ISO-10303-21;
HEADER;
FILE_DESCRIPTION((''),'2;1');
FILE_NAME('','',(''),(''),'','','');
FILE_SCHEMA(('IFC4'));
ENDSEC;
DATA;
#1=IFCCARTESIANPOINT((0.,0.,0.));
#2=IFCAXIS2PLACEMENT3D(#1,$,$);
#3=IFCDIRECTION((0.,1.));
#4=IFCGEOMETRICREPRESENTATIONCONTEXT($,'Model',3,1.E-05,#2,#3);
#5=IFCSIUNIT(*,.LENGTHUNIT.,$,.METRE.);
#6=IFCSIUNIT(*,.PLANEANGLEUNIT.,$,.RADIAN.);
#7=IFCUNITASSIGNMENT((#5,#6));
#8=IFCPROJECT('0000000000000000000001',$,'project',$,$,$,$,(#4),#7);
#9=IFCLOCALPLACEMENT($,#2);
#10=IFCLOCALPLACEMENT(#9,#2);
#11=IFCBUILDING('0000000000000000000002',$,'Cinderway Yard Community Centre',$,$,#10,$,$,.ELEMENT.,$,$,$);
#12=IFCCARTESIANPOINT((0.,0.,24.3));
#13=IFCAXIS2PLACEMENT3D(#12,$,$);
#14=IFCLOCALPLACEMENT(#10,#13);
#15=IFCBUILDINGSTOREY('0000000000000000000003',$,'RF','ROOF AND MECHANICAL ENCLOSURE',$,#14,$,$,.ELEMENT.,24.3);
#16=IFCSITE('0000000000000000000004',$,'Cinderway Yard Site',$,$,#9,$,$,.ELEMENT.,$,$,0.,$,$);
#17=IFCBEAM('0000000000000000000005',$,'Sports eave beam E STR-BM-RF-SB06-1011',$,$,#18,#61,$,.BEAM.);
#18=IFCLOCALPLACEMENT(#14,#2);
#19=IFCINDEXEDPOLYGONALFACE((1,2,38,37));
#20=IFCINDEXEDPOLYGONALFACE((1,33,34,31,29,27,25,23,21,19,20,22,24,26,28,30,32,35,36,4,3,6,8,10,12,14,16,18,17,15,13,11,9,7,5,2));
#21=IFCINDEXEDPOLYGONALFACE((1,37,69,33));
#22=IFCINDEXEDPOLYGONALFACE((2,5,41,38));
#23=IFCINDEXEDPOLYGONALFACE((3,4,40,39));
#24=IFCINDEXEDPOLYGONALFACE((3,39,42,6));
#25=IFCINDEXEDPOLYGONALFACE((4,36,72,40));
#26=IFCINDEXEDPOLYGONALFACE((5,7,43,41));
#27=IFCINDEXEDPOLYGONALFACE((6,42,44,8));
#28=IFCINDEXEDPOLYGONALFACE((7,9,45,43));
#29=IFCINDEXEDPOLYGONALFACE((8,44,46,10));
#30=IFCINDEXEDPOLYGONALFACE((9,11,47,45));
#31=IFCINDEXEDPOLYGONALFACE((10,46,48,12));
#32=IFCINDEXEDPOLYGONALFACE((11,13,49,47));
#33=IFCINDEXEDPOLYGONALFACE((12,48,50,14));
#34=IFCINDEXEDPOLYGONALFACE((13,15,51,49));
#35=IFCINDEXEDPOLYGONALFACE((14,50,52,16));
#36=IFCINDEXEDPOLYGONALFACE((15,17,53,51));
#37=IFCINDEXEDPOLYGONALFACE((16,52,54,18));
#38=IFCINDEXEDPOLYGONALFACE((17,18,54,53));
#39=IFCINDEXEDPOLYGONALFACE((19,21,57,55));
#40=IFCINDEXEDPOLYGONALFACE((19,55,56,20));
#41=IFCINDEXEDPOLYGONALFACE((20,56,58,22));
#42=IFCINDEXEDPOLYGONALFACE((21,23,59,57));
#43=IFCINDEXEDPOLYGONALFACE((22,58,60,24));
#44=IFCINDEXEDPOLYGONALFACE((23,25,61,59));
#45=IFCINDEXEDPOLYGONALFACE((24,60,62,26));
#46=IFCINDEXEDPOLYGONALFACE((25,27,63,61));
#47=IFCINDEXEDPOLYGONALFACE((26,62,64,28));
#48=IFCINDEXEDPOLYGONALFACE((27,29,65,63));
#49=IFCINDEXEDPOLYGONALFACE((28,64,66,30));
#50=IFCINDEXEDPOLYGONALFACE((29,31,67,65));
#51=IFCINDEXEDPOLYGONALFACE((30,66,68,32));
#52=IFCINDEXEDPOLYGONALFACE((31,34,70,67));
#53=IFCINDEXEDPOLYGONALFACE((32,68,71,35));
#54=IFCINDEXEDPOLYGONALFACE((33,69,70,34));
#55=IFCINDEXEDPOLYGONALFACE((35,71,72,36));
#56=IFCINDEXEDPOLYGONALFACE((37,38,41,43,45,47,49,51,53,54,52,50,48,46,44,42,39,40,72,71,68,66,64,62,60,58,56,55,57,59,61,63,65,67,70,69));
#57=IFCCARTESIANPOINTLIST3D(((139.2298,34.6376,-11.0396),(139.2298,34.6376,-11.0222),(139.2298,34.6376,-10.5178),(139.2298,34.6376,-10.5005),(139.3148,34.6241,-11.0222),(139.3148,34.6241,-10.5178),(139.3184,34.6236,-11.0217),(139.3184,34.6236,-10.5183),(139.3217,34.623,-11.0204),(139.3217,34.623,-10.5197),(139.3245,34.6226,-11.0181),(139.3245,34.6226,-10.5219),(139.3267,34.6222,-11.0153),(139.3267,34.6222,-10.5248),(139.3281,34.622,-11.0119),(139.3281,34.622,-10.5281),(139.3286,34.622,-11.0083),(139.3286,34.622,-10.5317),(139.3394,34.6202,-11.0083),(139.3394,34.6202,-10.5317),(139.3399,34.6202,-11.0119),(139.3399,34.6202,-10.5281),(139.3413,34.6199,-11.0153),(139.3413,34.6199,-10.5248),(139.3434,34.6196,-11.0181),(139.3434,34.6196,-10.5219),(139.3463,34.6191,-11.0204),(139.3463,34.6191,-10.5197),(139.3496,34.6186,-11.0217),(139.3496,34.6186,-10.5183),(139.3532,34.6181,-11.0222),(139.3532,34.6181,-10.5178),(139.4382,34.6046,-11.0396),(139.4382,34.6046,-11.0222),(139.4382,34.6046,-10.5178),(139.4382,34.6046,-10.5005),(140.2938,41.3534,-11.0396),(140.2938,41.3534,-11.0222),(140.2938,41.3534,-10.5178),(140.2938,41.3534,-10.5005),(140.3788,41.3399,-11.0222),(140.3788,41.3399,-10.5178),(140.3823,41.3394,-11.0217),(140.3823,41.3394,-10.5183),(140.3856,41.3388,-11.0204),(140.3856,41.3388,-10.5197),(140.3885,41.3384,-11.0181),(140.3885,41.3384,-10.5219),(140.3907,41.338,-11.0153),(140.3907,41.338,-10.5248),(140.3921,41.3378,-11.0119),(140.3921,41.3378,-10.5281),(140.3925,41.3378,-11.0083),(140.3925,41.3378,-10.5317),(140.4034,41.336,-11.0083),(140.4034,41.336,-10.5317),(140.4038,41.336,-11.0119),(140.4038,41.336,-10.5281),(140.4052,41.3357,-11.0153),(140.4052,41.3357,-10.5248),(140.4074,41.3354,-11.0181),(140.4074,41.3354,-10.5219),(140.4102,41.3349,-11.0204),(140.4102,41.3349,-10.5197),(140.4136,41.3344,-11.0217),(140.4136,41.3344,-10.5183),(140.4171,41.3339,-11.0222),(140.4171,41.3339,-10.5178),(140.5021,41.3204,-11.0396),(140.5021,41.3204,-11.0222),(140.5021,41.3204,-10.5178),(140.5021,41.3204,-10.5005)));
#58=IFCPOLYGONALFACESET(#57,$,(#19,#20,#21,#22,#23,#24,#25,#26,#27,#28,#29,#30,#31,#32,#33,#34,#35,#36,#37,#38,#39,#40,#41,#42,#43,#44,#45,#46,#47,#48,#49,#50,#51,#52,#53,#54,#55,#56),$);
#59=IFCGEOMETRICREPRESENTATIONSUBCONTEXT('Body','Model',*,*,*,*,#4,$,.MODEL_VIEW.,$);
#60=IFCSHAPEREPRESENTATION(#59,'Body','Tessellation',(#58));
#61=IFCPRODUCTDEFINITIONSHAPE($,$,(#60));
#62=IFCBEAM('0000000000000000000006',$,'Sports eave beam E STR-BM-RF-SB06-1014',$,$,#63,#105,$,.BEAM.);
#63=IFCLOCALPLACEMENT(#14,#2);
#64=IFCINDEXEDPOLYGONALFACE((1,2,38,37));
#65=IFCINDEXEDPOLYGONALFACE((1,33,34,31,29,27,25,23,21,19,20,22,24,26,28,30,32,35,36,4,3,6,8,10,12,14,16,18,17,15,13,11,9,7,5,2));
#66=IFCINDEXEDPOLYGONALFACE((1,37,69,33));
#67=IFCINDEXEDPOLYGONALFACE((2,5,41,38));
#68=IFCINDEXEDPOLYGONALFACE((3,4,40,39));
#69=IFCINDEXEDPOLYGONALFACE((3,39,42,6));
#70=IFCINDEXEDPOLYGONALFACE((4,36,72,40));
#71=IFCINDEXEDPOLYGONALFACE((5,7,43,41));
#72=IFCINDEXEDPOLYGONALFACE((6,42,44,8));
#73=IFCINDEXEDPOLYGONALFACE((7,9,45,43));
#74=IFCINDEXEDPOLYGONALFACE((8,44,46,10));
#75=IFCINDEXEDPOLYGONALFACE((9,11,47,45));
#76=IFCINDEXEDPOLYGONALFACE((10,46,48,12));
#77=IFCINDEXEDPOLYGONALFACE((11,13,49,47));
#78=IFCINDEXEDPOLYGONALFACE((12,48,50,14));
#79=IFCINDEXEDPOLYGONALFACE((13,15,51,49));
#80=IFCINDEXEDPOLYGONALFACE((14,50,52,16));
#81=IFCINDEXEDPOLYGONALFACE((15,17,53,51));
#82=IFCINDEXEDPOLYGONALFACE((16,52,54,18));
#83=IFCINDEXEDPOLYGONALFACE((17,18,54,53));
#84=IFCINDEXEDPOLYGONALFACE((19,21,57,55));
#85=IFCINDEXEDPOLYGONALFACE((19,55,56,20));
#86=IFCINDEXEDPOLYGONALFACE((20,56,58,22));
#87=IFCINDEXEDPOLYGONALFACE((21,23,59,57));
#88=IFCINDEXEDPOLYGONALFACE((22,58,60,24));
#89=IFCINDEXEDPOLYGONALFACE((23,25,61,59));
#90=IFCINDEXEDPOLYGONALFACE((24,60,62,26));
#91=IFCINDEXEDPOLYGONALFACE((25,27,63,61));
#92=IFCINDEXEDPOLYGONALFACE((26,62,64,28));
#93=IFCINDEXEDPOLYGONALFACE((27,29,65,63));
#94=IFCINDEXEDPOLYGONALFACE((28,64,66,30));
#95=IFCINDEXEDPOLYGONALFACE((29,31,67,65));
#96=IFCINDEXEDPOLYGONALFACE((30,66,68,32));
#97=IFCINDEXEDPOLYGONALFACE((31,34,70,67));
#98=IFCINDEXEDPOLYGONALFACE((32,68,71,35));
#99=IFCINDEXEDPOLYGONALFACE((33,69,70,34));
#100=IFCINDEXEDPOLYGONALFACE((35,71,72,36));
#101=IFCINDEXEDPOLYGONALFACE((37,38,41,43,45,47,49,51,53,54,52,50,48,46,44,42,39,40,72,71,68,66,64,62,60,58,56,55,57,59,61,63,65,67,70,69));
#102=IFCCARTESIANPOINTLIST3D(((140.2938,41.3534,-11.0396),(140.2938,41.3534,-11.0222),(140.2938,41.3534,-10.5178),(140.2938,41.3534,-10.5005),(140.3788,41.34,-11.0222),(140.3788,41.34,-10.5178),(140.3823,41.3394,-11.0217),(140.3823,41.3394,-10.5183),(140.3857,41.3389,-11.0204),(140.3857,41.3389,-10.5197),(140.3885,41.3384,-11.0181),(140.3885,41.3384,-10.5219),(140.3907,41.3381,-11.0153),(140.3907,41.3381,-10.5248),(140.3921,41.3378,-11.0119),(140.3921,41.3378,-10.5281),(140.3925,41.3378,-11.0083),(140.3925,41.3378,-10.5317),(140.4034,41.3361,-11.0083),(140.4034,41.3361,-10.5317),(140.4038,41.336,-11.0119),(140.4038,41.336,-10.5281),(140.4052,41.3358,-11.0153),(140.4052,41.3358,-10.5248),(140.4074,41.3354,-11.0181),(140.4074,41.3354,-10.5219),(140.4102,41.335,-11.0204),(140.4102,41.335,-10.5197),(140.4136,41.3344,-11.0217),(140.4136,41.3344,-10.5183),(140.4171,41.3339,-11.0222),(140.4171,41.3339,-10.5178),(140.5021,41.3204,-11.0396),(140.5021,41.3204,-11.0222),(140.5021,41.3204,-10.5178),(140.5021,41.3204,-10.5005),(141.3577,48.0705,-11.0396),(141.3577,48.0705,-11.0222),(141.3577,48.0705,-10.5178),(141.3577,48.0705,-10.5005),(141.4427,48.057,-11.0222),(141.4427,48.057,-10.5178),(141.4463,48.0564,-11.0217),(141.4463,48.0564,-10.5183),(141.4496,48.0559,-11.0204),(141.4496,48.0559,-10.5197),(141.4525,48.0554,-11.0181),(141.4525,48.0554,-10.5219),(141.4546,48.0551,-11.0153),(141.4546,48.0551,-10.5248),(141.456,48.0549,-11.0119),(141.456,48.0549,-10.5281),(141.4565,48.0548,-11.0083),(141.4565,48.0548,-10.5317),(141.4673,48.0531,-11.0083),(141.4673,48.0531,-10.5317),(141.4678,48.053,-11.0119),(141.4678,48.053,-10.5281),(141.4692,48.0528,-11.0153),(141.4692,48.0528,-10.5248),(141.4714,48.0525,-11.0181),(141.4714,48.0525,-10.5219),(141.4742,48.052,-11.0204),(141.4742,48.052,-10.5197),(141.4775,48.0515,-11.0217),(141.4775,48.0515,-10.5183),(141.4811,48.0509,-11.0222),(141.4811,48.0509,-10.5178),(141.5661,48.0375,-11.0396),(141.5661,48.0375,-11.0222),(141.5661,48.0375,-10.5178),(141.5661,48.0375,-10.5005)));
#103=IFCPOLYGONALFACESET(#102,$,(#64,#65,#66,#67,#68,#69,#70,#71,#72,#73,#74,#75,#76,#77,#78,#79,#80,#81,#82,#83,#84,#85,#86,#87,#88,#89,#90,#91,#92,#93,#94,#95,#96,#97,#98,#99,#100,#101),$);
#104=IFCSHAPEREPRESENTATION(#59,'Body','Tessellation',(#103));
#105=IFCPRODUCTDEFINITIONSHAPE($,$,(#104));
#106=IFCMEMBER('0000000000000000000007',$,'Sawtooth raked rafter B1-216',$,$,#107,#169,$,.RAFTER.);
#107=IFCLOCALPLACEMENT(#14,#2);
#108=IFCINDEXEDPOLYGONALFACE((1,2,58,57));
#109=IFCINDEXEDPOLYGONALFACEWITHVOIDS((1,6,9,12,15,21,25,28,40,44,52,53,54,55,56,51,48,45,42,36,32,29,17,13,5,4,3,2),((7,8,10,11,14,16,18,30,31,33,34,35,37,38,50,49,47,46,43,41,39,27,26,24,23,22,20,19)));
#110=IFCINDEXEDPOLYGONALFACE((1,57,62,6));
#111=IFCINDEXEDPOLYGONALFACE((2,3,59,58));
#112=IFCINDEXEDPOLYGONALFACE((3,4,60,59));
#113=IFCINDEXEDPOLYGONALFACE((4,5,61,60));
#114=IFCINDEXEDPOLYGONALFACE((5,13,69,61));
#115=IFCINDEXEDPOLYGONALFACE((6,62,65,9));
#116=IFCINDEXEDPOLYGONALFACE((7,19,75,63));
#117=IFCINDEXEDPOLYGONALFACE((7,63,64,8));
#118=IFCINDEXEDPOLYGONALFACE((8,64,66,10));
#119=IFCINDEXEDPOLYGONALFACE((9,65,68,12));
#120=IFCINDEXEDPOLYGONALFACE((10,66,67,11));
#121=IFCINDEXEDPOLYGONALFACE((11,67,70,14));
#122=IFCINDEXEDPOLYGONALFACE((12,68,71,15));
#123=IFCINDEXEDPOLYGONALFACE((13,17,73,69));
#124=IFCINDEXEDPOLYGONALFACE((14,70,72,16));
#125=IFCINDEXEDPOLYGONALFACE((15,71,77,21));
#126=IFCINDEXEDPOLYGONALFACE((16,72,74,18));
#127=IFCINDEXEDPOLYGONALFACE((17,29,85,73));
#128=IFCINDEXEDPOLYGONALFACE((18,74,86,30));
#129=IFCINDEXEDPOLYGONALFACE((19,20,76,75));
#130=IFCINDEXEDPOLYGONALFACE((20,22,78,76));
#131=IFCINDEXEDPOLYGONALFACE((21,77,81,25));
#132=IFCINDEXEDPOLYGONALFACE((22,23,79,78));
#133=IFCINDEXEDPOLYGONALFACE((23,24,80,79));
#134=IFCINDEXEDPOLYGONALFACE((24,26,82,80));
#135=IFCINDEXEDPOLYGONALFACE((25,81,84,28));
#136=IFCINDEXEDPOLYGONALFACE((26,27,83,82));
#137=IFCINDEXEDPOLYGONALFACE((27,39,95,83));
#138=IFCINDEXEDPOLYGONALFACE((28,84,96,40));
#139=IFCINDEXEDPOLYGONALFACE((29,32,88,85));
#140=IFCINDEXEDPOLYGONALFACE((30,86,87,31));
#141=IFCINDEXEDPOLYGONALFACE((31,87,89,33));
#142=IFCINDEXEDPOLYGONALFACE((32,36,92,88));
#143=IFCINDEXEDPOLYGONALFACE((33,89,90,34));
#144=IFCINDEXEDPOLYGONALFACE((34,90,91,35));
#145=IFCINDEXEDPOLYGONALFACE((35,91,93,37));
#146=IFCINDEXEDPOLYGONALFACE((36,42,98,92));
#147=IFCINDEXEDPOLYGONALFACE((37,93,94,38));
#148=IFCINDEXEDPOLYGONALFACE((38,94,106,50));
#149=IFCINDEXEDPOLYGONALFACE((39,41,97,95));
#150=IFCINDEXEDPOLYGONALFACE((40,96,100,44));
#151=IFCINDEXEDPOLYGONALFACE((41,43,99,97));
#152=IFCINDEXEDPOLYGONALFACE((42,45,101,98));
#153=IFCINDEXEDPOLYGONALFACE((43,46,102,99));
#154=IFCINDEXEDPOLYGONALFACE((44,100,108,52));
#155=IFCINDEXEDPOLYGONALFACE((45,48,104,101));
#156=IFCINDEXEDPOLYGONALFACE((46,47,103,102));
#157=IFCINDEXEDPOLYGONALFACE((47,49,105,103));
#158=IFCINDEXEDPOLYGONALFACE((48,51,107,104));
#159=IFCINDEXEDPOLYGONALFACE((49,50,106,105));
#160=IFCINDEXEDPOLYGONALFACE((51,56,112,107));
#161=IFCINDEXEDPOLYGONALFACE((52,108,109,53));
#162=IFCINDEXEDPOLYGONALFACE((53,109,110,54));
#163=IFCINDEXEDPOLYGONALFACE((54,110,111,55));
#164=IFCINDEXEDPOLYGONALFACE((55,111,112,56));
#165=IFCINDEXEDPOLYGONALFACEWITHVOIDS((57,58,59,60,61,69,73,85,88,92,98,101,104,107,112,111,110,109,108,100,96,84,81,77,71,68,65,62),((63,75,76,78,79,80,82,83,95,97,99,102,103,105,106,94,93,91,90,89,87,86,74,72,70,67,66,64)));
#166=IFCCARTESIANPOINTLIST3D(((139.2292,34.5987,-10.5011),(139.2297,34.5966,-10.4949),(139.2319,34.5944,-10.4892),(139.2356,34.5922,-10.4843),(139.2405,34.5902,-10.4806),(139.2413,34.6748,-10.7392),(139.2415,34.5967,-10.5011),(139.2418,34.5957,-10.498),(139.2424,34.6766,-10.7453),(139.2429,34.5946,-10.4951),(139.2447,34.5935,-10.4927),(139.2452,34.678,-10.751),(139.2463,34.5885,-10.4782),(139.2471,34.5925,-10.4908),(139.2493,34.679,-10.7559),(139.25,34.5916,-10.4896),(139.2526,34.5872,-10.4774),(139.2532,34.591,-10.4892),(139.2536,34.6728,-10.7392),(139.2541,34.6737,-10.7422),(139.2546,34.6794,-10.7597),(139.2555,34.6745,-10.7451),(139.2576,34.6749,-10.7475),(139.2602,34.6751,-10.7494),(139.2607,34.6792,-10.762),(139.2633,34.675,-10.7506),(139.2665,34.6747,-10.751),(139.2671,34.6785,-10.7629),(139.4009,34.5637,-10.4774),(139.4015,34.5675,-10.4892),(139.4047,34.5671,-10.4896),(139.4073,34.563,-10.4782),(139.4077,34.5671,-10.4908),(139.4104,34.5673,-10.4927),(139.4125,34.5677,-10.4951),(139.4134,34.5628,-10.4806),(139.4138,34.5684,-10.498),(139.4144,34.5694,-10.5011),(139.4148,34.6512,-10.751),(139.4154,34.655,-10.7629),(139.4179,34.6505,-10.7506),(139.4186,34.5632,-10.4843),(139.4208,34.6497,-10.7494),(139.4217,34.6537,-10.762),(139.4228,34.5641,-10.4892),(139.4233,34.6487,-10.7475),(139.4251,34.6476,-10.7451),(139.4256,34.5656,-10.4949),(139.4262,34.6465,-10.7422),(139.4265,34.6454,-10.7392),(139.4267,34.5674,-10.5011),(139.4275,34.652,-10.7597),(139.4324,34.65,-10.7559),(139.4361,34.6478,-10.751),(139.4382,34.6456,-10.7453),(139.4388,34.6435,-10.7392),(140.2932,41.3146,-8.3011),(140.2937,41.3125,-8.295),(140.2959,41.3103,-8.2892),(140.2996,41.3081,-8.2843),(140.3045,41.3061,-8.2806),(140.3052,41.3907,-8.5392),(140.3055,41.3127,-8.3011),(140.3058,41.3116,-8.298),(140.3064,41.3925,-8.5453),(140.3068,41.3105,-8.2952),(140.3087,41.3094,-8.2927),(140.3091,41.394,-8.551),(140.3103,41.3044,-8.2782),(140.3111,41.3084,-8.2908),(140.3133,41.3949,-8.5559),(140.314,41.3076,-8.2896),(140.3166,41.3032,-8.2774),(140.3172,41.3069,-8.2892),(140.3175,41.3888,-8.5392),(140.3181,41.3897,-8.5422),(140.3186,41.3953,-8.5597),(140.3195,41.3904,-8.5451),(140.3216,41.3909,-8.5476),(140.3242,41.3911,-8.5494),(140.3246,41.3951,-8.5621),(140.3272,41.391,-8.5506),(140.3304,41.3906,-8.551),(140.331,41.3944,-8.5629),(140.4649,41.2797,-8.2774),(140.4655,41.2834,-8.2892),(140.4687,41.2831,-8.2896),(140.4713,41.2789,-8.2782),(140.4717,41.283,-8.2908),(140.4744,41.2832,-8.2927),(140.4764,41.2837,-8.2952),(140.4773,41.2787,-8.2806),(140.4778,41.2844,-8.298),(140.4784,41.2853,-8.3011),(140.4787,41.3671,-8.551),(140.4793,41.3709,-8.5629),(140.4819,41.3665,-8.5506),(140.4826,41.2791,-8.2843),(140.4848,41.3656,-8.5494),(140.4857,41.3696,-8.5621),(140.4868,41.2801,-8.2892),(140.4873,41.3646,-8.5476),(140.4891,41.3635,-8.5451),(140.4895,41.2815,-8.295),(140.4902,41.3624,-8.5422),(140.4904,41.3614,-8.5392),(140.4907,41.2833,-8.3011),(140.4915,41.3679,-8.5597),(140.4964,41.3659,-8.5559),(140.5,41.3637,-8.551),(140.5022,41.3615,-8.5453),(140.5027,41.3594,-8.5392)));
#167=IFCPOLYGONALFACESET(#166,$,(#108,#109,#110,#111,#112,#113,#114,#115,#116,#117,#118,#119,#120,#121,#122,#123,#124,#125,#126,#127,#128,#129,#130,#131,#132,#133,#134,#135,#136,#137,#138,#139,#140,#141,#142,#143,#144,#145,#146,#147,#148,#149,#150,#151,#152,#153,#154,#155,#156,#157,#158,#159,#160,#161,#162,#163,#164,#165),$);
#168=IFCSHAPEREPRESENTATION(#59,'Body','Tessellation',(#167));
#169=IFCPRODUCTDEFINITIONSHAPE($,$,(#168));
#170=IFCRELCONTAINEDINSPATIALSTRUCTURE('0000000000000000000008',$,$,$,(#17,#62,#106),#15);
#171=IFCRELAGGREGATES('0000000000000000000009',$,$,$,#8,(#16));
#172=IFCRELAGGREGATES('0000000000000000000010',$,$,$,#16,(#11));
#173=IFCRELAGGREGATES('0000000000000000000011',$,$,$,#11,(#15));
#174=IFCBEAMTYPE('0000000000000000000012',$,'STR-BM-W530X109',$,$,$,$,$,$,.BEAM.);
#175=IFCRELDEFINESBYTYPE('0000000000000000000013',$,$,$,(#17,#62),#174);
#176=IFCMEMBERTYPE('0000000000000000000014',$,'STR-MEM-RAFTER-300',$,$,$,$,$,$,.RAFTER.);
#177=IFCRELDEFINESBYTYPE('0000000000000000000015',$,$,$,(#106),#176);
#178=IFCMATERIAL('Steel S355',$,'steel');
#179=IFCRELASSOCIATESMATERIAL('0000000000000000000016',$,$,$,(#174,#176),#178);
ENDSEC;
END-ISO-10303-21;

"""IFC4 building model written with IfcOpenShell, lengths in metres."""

from ifc_helpers import new_model, si_unit, direction, frame, origin, origin_2d, place, context, subcontext, project, spatial, hollow_rectangle, i_section, extrude, material, material_profile, profile_set, type_object, element, save


model = new_model("IFC4")

# Units and contexts
model_context = context("Model", 3, precision=1e-05, world=origin(), true_north=direction((0.0, 1.0)))
body_context = subcontext(model_context, "Body", "Model", "MODEL_VIEW")
ifc_project = project(units=[si_unit("LENGTHUNIT", "METRE"), si_unit("PLANEANGLEUNIT", "RADIAN")], contexts=[model_context])

# Site, building, storey
site_placement = place(None, origin())
site = spatial("IfcSite", under=ifc_project, at=site_placement, Name="Cinderway Yard Site", CompositionType="ELEMENT", RefElevation=0.0)
building_placement = place(site_placement, origin())
building = spatial("IfcBuilding", under=site, at=building_placement, Name="Cinderway Yard Community Centre", CompositionType="ELEMENT")
storey_placement = place(building_placement, frame((0.0, 0.0, 24.3)))
storey = spatial("IfcBuildingStorey", under=building, at=storey_placement, Name="RF", Description="ROOF AND MECHANICAL ENCLOSURE", CompositionType="ELEMENT", Elevation=24.3)

# Shared definitions
ifc_material_1 = material(Name="Steel S355", Category="steel")

# Beams
ifc_material_profile_1 = material_profile(ifc_material_1, i_section(OverallWidth=0.2109, OverallDepth=0.5391, WebThickness=0.011, FlangeThickness=0.0173, FilletRadius=0.0139, at=origin_2d()), Name="Steel S355")
ifc_profile_set_1 = profile_set([ifc_material_profile_1], Name="Steel S355")
beam_type = type_object("IfcBeamType", Name="STR-BM-W530X109", PredefinedType="BEAM", material=ifc_profile_set_1)
beam_1_placement = place(storey_placement, frame((139.334, 34.6211, -10.77), z_axis=(0.156475, 0.987682, 0.0), x_axis=(-0.987682, 0.156475, 0.0)))
element("IfcBeam", 1, at=beam_1_placement, inside=storey, type_object=beam_type, Name="Sports eave beam E STR-BM-RF-SB06-1011", PredefinedType="BEAM", context=body_context, shape_type="SweptSolid", body=[
    extrude(i_section(OverallWidth=0.2109, OverallDepth=0.5391, WebThickness=0.011, FlangeThickness=0.0173, FilletRadius=0.0139, at=origin_2d()), origin(), (0.0, 0.0, 1.0), 6.7996),
])
beam_2_placement = place(storey_placement, frame((140.3979, 41.3369, -10.77), z_axis=(0.156447, 0.987686, 0.0), x_axis=(-0.987686, 0.156447, 0.0)))
element("IfcBeam", 2, at=beam_2_placement, inside=storey, type_object=beam_type, Name="Sports eave beam E STR-BM-RF-SB06-1014", PredefinedType="BEAM", context=body_context, shape_type="SweptSolid", body=[
    extrude(i_section(OverallWidth=0.2109, OverallDepth=0.5391, WebThickness=0.011, FlangeThickness=0.0173, FilletRadius=0.0139, at=origin_2d()), origin(), (0.0, 0.0, 1.0), 6.8008),
])

# Member
ifc_material_profile_2 = material_profile(ifc_material_1, hollow_rectangle(XDim=0.2, YDim=0.3, WallThickness=0.0125, InnerFilletRadius=0.0125, OuterFilletRadius=0.0249, at=origin_2d()), Name="Steel S355")
ifc_profile_set_2 = profile_set([ifc_material_profile_2], Name="Steel S355")
member_type_1 = type_object("IfcMemberType", Name="STR-MEM-RAFTER-300", PredefinedType="RAFTER", material=ifc_profile_set_2)
member_1_placement = place(storey_placement, frame((139.334, 34.6211, -10.6201), z_axis=(0.148877, 0.939721, 0.307831), x_axis=(-0.987682, 0.156475, 0.0)))
element("IfcMember", 3, at=member_1_placement, inside=storey, type_object=member_type_1, Name="Sawtooth raked rafter B1-216", PredefinedType="RAFTER", context=body_context, shape_type="SweptSolid", body=[
    extrude(hollow_rectangle(XDim=0.2, YDim=0.3, WallThickness=0.0125, InnerFilletRadius=0.0125, OuterFilletRadius=0.0249, at=origin_2d()), origin(), (0.0, 0.0, 1.0), 7.1467),
])

save(model, "model.ifc")
